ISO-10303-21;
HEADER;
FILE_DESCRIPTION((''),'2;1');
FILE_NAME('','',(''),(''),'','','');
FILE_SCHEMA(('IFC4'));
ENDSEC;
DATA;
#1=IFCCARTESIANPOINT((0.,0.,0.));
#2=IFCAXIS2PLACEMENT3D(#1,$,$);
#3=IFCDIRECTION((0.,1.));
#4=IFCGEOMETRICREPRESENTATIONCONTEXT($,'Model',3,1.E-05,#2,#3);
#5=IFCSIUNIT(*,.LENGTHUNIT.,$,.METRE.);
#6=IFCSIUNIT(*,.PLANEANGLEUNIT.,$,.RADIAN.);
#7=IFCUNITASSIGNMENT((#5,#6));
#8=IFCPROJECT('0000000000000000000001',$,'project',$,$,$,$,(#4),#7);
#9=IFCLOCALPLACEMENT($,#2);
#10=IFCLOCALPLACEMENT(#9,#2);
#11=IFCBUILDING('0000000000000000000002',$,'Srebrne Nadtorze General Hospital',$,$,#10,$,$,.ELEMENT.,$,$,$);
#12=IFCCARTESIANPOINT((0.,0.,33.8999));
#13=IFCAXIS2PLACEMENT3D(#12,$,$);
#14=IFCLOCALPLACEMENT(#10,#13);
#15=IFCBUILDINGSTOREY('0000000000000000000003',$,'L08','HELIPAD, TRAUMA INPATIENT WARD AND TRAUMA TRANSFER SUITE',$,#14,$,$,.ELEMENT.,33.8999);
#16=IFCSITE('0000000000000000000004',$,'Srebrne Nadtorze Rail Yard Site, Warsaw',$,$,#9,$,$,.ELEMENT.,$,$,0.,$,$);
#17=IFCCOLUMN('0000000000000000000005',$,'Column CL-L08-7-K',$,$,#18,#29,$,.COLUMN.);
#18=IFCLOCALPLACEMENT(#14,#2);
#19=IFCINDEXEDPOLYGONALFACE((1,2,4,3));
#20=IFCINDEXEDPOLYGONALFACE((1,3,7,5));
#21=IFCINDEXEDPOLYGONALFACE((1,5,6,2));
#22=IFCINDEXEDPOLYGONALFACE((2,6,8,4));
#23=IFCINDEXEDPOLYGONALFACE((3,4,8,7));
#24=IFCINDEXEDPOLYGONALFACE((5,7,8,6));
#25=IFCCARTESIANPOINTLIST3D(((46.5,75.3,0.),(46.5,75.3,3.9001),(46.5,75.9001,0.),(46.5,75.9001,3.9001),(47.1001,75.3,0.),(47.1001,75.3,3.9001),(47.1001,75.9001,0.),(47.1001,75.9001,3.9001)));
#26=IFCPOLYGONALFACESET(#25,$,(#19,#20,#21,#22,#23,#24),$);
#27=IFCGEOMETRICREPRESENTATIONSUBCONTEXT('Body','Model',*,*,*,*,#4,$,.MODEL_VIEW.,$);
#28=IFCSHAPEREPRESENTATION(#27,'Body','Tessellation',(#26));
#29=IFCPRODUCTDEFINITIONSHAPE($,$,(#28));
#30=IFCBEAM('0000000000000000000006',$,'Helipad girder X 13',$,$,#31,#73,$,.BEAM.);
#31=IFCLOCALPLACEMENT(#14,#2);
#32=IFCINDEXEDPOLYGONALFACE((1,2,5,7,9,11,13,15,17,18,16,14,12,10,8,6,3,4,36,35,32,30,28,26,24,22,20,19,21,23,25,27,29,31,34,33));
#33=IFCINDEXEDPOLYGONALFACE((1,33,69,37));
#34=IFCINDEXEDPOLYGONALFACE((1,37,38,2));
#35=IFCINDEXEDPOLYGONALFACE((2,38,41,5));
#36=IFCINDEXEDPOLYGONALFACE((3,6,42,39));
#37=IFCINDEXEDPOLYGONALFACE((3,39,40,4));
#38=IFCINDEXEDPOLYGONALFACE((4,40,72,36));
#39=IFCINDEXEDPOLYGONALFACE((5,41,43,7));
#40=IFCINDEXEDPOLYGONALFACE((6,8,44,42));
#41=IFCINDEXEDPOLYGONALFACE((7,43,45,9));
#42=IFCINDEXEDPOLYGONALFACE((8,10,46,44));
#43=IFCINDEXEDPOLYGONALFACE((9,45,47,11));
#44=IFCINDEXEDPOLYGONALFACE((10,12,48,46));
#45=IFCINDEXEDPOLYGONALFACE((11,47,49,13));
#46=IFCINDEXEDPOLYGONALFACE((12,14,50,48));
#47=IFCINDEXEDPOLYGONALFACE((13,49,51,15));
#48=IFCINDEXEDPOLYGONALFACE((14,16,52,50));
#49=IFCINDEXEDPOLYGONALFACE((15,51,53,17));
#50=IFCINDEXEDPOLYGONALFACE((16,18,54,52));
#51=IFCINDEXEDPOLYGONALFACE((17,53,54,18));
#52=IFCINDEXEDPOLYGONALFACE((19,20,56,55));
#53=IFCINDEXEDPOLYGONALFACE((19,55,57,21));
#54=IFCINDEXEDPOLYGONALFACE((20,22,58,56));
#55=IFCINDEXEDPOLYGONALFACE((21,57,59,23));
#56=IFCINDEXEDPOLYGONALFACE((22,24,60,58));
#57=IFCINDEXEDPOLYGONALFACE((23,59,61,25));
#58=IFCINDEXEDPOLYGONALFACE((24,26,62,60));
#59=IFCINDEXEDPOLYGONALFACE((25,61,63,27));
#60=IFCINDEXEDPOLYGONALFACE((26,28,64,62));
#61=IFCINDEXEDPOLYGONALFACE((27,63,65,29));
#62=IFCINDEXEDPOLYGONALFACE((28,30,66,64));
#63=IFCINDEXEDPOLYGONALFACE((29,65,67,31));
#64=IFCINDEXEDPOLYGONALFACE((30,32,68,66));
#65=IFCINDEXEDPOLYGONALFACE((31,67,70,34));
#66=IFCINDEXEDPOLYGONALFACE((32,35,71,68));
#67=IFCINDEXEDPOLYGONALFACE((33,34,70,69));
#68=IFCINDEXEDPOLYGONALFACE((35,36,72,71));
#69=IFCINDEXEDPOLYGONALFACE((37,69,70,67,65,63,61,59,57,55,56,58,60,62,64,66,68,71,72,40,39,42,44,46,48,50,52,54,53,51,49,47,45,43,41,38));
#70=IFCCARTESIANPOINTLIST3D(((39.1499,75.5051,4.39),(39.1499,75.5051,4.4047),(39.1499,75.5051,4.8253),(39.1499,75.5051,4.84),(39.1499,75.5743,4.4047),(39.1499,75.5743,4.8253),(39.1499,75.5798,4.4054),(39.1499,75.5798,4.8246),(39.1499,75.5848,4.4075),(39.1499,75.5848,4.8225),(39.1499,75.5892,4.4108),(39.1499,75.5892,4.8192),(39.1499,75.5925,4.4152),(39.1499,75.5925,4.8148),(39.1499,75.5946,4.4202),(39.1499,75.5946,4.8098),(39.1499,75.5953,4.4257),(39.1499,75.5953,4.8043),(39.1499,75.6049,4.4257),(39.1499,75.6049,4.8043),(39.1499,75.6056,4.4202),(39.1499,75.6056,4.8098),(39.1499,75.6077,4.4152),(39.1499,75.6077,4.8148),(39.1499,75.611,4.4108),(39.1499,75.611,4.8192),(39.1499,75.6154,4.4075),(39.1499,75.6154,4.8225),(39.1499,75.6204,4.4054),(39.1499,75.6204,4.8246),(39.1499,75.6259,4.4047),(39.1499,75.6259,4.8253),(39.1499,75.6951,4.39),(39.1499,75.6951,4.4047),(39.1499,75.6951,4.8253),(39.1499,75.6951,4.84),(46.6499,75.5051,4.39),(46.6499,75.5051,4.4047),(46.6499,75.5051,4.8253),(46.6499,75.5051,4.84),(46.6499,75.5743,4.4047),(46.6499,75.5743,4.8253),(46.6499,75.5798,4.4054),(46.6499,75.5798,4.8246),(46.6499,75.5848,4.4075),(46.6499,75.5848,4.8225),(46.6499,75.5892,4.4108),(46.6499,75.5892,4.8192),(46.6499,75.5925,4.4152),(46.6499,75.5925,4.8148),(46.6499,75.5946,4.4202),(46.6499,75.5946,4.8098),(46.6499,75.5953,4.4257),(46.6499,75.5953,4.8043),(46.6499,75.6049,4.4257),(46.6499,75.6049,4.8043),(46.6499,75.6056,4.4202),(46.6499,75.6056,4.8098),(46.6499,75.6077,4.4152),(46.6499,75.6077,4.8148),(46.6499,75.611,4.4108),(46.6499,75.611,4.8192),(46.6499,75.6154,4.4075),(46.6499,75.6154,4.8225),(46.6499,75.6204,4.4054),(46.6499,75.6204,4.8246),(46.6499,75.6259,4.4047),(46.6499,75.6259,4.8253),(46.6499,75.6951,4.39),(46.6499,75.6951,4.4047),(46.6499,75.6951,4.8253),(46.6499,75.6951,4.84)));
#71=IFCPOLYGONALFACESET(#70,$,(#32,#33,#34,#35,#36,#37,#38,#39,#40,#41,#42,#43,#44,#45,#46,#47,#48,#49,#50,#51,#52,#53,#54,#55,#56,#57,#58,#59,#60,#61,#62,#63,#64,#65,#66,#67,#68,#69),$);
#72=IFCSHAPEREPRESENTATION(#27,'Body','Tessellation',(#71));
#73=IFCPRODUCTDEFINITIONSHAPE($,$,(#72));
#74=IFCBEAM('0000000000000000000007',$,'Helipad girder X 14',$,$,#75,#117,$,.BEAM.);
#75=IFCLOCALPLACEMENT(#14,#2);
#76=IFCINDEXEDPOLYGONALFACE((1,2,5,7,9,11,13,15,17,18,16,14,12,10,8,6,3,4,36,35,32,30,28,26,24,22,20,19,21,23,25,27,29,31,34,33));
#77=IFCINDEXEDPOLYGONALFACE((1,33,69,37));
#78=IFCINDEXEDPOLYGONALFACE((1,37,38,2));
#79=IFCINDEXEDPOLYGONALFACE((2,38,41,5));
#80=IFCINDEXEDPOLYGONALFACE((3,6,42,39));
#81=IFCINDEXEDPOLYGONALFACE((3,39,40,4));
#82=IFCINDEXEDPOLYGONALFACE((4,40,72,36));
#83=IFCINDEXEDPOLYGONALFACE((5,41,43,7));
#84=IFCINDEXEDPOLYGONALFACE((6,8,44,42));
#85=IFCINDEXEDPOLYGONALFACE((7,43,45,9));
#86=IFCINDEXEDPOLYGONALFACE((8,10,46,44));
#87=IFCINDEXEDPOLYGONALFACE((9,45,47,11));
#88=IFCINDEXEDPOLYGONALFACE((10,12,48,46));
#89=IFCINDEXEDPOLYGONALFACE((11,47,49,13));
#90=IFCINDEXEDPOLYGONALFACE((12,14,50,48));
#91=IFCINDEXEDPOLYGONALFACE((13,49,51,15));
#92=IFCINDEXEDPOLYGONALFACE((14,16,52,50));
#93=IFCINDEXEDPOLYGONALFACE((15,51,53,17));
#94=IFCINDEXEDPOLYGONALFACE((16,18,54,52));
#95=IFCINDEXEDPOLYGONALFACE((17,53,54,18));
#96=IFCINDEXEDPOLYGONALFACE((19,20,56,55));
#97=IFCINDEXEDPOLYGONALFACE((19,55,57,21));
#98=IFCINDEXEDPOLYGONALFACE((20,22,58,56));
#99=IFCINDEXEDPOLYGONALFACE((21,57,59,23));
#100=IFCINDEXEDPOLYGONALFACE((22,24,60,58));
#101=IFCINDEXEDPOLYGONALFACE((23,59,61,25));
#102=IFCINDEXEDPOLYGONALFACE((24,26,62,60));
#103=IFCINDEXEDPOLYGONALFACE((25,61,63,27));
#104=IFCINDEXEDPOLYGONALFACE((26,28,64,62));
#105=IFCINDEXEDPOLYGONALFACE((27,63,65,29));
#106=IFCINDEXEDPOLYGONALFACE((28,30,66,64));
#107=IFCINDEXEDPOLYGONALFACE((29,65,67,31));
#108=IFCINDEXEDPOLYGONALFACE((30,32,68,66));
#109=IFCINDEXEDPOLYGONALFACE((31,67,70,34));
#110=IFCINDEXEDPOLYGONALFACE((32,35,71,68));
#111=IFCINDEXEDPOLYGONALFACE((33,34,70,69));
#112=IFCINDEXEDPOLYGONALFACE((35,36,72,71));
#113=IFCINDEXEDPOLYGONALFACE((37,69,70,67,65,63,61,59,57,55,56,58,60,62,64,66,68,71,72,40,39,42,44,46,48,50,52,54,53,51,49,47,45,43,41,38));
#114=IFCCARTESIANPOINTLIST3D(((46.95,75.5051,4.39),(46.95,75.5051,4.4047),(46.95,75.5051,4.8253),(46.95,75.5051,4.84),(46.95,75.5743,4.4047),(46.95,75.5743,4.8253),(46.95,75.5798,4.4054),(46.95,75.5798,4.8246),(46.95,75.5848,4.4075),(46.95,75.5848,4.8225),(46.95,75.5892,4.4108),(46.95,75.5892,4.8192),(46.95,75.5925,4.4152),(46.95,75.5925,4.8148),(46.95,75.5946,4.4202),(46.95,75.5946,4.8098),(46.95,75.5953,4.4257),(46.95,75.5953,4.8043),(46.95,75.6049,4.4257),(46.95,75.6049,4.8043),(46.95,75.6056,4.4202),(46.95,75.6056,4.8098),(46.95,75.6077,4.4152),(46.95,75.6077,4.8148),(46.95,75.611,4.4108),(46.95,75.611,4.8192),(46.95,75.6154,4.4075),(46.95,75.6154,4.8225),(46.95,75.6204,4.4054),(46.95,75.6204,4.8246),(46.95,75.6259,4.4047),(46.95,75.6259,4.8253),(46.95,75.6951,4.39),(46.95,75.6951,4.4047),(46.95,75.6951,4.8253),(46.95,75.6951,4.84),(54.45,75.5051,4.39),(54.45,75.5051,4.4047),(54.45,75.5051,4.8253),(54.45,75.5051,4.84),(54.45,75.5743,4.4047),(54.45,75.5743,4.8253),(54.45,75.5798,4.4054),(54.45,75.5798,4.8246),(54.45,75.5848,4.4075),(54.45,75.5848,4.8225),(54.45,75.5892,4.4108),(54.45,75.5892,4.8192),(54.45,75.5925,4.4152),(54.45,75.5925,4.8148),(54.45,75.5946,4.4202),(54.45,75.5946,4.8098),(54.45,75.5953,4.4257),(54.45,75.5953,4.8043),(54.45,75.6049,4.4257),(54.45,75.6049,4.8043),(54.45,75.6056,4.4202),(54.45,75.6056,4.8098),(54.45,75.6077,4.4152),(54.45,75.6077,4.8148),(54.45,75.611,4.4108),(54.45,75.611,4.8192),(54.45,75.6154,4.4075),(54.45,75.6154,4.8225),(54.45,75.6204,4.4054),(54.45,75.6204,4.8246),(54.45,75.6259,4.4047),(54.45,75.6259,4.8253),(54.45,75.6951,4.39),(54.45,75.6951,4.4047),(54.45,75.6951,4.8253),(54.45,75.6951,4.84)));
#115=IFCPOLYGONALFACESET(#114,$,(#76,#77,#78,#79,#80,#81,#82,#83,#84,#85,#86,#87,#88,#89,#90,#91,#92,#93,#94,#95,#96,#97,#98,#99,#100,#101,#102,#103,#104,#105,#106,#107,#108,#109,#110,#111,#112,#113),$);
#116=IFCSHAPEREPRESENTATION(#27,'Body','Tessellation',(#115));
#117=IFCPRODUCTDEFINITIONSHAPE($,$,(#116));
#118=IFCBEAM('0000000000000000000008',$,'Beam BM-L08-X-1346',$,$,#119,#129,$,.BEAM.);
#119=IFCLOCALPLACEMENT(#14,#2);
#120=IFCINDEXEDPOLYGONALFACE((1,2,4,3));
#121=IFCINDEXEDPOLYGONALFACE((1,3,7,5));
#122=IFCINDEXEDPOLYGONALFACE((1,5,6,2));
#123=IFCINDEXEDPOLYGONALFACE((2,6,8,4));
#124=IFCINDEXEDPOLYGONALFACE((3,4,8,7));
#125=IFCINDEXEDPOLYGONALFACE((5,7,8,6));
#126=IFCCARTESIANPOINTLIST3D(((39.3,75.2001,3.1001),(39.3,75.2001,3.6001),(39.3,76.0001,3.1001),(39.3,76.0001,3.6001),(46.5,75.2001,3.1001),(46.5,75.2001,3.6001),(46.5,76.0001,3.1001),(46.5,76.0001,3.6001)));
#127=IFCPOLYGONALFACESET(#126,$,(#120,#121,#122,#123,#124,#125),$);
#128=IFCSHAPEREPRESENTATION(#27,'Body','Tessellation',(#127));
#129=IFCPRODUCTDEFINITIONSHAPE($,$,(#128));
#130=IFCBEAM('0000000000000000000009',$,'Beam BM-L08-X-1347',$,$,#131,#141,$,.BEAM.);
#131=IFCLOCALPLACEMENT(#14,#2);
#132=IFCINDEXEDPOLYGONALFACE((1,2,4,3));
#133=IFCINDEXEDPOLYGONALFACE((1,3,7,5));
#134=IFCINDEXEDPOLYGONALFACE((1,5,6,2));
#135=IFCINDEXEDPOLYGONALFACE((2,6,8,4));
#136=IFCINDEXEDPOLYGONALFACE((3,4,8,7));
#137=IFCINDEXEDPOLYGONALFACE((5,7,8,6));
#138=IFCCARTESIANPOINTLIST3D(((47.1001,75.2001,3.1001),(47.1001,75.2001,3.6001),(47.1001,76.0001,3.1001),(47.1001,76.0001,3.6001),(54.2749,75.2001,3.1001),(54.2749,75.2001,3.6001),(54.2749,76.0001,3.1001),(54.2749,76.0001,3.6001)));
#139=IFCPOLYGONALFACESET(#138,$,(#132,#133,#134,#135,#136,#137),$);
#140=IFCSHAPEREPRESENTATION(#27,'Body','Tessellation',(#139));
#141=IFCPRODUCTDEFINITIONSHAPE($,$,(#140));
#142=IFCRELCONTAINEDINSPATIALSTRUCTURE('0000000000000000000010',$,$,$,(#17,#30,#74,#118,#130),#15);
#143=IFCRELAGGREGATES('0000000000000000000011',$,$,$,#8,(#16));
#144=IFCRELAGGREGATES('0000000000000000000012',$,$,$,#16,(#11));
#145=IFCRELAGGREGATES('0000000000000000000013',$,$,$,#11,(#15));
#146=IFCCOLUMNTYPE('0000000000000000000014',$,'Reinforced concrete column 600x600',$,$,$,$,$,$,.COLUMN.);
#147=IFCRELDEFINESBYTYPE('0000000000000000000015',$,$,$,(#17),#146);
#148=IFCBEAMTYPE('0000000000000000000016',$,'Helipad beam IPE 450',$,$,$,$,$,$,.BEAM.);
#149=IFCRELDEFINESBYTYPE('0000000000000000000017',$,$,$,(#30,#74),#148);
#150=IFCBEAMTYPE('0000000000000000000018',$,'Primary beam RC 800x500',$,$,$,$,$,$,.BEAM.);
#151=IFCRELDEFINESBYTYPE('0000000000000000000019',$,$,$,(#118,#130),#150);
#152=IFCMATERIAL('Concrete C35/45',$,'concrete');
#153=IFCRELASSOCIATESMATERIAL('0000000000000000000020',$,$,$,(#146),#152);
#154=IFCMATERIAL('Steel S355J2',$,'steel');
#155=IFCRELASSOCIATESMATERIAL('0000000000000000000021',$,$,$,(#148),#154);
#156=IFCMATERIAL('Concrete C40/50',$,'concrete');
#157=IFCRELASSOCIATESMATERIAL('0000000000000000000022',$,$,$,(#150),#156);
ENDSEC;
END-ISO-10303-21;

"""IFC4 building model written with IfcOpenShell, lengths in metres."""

from ifc_helpers import new_model, si_unit, direction, frame, origin, origin_2d, place, context, subcontext, project, spatial, rectangle, i_section, extrude, material, material_profile, profile_set, type_object, element, save


model = new_model("IFC4")

# Units and contexts
model_context = context("Model", 3, precision=1e-05, world=origin(), true_north=direction((0.0, 1.0)))
body_context = subcontext(model_context, "Body", "Model", "MODEL_VIEW")
ifc_project = project(units=[si_unit("LENGTHUNIT", "METRE"), si_unit("PLANEANGLEUNIT", "RADIAN")], contexts=[model_context])

# Site, building, storey
site_placement = place(None, origin())
site = spatial("IfcSite", under=ifc_project, at=site_placement, Name="Srebrne Nadtorze Rail Yard Site, Warsaw", CompositionType="ELEMENT", RefElevation=0.0)
building_placement = place(site_placement, origin())
building = spatial("IfcBuilding", under=site, at=building_placement, Name="Srebrne Nadtorze General Hospital", CompositionType="ELEMENT")
storey_placement = place(building_placement, frame((0.0, 0.0, 33.8999)))
storey = spatial("IfcBuildingStorey", under=building, at=storey_placement, Name="L08", Description="HELIPAD, TRAUMA INPATIENT WARD AND TRAUMA TRANSFER SUITE", CompositionType="ELEMENT", Elevation=33.8999)

# Column
ifc_material_1 = material(Name="Concrete C35/45", Category="concrete")
ifc_material_profile_1 = material_profile(ifc_material_1, rectangle(XDim=0.6001, YDim=0.6001, at=origin_2d()), Name="RC-COL-600x600")
ifc_profile_set_1 = profile_set([ifc_material_profile_1], Name="Concrete C35/45")
column_type = type_object("IfcColumnType", Name="Reinforced concrete column 600x600", PredefinedType="COLUMN", material=ifc_profile_set_1)
column_placement = place(storey_placement, frame((46.8, 75.6001, 0.0), z_axis=(0.0, 0.0, 1.0), x_axis=(1.0, 0.0, 0.0)))
element("IfcColumn", 1, at=column_placement, inside=storey, type_object=column_type, Name="Column CL-L08-7-K", PredefinedType="COLUMN", context=body_context, shape_type="SweptSolid", body=[
    extrude(rectangle(XDim=0.6001, YDim=0.6001, at=origin_2d()), origin(), (0.0, 0.0, 1.0), 3.9001),
])

# Beams
ifc_material_2 = material(Name="Steel S355J2", Category="steel")
ifc_material_profile_2 = material_profile(ifc_material_2, i_section(OverallWidth=0.1899, OverallDepth=0.45, WebThickness=0.0095, FlangeThickness=0.0146, FilletRadius=0.021, at=origin_2d()), Name="IPE-450")
ifc_profile_set_2 = profile_set([ifc_material_profile_2], Name="Steel S355J2")
beam_type_1 = type_object("IfcBeamType", Name="Helipad beam IPE 450", PredefinedType="BEAM", material=ifc_profile_set_2)
for number, where, z_axis, x_axis, name in (
    (2, (39.1499, 75.6001, 4.615), (1.0, 0.0, 0.0), (0.0, 1.0, 0.0), "Helipad girder X 13"),
    (3, (46.95, 75.6001, 4.615), (1.0, 0.0, 0.0), (0.0, 1.0, 0.0), "Helipad girder X 14"),
):
    element("IfcBeam", number, at=place(storey_placement, frame(where, z_axis=z_axis, x_axis=x_axis)), inside=storey, type_object=beam_type_1, Name=name, PredefinedType="BEAM", context=body_context, shape_type="SweptSolid", body=[
        extrude(i_section(OverallWidth=0.1899, OverallDepth=0.45, WebThickness=0.0095, FlangeThickness=0.0146, FilletRadius=0.021, at=origin_2d()), origin(), (0.0, 0.0, 1.0), 7.5),
    ])
ifc_material_3 = material(Name="Concrete C40/50", Category="concrete")
ifc_material_profile_3 = material_profile(ifc_material_3, rectangle(XDim=0.8, YDim=0.5, at=origin_2d()), Name="RC-BM-800x500")
ifc_profile_set_3 = profile_set([ifc_material_profile_3], Name="Concrete C40/50")
beam_type_2 = type_object("IfcBeamType", Name="Primary beam RC 800x500", PredefinedType="BEAM", material=ifc_profile_set_3)
beam_1_placement = place(storey_placement, frame((39.3, 75.6001, 3.3501), z_axis=(1.0, 0.0, 0.0), x_axis=(0.0, 1.0, 0.0)))
element("IfcBeam", 4, at=beam_1_placement, inside=storey, type_object=beam_type_2, Name="Beam BM-L08-X-1346", PredefinedType="BEAM", context=body_context, shape_type="SweptSolid", body=[
    extrude(rectangle(XDim=0.8, YDim=0.5, at=origin_2d()), origin(), (0.0, 0.0, 1.0), 7.2),
])
beam_2_placement = place(storey_placement, frame((47.1001, 75.6001, 3.3501), z_axis=(1.0, 0.0, 0.0), x_axis=(0.0, 1.0, 0.0)))
element("IfcBeam", 5, at=beam_2_placement, inside=storey, type_object=beam_type_2, Name="Beam BM-L08-X-1347", PredefinedType="BEAM", context=body_context, shape_type="SweptSolid", body=[
    extrude(rectangle(XDim=0.8, YDim=0.5, at=origin_2d()), origin(), (0.0, 0.0, 1.0), 7.1748),
])

save(model, "model.ifc")
